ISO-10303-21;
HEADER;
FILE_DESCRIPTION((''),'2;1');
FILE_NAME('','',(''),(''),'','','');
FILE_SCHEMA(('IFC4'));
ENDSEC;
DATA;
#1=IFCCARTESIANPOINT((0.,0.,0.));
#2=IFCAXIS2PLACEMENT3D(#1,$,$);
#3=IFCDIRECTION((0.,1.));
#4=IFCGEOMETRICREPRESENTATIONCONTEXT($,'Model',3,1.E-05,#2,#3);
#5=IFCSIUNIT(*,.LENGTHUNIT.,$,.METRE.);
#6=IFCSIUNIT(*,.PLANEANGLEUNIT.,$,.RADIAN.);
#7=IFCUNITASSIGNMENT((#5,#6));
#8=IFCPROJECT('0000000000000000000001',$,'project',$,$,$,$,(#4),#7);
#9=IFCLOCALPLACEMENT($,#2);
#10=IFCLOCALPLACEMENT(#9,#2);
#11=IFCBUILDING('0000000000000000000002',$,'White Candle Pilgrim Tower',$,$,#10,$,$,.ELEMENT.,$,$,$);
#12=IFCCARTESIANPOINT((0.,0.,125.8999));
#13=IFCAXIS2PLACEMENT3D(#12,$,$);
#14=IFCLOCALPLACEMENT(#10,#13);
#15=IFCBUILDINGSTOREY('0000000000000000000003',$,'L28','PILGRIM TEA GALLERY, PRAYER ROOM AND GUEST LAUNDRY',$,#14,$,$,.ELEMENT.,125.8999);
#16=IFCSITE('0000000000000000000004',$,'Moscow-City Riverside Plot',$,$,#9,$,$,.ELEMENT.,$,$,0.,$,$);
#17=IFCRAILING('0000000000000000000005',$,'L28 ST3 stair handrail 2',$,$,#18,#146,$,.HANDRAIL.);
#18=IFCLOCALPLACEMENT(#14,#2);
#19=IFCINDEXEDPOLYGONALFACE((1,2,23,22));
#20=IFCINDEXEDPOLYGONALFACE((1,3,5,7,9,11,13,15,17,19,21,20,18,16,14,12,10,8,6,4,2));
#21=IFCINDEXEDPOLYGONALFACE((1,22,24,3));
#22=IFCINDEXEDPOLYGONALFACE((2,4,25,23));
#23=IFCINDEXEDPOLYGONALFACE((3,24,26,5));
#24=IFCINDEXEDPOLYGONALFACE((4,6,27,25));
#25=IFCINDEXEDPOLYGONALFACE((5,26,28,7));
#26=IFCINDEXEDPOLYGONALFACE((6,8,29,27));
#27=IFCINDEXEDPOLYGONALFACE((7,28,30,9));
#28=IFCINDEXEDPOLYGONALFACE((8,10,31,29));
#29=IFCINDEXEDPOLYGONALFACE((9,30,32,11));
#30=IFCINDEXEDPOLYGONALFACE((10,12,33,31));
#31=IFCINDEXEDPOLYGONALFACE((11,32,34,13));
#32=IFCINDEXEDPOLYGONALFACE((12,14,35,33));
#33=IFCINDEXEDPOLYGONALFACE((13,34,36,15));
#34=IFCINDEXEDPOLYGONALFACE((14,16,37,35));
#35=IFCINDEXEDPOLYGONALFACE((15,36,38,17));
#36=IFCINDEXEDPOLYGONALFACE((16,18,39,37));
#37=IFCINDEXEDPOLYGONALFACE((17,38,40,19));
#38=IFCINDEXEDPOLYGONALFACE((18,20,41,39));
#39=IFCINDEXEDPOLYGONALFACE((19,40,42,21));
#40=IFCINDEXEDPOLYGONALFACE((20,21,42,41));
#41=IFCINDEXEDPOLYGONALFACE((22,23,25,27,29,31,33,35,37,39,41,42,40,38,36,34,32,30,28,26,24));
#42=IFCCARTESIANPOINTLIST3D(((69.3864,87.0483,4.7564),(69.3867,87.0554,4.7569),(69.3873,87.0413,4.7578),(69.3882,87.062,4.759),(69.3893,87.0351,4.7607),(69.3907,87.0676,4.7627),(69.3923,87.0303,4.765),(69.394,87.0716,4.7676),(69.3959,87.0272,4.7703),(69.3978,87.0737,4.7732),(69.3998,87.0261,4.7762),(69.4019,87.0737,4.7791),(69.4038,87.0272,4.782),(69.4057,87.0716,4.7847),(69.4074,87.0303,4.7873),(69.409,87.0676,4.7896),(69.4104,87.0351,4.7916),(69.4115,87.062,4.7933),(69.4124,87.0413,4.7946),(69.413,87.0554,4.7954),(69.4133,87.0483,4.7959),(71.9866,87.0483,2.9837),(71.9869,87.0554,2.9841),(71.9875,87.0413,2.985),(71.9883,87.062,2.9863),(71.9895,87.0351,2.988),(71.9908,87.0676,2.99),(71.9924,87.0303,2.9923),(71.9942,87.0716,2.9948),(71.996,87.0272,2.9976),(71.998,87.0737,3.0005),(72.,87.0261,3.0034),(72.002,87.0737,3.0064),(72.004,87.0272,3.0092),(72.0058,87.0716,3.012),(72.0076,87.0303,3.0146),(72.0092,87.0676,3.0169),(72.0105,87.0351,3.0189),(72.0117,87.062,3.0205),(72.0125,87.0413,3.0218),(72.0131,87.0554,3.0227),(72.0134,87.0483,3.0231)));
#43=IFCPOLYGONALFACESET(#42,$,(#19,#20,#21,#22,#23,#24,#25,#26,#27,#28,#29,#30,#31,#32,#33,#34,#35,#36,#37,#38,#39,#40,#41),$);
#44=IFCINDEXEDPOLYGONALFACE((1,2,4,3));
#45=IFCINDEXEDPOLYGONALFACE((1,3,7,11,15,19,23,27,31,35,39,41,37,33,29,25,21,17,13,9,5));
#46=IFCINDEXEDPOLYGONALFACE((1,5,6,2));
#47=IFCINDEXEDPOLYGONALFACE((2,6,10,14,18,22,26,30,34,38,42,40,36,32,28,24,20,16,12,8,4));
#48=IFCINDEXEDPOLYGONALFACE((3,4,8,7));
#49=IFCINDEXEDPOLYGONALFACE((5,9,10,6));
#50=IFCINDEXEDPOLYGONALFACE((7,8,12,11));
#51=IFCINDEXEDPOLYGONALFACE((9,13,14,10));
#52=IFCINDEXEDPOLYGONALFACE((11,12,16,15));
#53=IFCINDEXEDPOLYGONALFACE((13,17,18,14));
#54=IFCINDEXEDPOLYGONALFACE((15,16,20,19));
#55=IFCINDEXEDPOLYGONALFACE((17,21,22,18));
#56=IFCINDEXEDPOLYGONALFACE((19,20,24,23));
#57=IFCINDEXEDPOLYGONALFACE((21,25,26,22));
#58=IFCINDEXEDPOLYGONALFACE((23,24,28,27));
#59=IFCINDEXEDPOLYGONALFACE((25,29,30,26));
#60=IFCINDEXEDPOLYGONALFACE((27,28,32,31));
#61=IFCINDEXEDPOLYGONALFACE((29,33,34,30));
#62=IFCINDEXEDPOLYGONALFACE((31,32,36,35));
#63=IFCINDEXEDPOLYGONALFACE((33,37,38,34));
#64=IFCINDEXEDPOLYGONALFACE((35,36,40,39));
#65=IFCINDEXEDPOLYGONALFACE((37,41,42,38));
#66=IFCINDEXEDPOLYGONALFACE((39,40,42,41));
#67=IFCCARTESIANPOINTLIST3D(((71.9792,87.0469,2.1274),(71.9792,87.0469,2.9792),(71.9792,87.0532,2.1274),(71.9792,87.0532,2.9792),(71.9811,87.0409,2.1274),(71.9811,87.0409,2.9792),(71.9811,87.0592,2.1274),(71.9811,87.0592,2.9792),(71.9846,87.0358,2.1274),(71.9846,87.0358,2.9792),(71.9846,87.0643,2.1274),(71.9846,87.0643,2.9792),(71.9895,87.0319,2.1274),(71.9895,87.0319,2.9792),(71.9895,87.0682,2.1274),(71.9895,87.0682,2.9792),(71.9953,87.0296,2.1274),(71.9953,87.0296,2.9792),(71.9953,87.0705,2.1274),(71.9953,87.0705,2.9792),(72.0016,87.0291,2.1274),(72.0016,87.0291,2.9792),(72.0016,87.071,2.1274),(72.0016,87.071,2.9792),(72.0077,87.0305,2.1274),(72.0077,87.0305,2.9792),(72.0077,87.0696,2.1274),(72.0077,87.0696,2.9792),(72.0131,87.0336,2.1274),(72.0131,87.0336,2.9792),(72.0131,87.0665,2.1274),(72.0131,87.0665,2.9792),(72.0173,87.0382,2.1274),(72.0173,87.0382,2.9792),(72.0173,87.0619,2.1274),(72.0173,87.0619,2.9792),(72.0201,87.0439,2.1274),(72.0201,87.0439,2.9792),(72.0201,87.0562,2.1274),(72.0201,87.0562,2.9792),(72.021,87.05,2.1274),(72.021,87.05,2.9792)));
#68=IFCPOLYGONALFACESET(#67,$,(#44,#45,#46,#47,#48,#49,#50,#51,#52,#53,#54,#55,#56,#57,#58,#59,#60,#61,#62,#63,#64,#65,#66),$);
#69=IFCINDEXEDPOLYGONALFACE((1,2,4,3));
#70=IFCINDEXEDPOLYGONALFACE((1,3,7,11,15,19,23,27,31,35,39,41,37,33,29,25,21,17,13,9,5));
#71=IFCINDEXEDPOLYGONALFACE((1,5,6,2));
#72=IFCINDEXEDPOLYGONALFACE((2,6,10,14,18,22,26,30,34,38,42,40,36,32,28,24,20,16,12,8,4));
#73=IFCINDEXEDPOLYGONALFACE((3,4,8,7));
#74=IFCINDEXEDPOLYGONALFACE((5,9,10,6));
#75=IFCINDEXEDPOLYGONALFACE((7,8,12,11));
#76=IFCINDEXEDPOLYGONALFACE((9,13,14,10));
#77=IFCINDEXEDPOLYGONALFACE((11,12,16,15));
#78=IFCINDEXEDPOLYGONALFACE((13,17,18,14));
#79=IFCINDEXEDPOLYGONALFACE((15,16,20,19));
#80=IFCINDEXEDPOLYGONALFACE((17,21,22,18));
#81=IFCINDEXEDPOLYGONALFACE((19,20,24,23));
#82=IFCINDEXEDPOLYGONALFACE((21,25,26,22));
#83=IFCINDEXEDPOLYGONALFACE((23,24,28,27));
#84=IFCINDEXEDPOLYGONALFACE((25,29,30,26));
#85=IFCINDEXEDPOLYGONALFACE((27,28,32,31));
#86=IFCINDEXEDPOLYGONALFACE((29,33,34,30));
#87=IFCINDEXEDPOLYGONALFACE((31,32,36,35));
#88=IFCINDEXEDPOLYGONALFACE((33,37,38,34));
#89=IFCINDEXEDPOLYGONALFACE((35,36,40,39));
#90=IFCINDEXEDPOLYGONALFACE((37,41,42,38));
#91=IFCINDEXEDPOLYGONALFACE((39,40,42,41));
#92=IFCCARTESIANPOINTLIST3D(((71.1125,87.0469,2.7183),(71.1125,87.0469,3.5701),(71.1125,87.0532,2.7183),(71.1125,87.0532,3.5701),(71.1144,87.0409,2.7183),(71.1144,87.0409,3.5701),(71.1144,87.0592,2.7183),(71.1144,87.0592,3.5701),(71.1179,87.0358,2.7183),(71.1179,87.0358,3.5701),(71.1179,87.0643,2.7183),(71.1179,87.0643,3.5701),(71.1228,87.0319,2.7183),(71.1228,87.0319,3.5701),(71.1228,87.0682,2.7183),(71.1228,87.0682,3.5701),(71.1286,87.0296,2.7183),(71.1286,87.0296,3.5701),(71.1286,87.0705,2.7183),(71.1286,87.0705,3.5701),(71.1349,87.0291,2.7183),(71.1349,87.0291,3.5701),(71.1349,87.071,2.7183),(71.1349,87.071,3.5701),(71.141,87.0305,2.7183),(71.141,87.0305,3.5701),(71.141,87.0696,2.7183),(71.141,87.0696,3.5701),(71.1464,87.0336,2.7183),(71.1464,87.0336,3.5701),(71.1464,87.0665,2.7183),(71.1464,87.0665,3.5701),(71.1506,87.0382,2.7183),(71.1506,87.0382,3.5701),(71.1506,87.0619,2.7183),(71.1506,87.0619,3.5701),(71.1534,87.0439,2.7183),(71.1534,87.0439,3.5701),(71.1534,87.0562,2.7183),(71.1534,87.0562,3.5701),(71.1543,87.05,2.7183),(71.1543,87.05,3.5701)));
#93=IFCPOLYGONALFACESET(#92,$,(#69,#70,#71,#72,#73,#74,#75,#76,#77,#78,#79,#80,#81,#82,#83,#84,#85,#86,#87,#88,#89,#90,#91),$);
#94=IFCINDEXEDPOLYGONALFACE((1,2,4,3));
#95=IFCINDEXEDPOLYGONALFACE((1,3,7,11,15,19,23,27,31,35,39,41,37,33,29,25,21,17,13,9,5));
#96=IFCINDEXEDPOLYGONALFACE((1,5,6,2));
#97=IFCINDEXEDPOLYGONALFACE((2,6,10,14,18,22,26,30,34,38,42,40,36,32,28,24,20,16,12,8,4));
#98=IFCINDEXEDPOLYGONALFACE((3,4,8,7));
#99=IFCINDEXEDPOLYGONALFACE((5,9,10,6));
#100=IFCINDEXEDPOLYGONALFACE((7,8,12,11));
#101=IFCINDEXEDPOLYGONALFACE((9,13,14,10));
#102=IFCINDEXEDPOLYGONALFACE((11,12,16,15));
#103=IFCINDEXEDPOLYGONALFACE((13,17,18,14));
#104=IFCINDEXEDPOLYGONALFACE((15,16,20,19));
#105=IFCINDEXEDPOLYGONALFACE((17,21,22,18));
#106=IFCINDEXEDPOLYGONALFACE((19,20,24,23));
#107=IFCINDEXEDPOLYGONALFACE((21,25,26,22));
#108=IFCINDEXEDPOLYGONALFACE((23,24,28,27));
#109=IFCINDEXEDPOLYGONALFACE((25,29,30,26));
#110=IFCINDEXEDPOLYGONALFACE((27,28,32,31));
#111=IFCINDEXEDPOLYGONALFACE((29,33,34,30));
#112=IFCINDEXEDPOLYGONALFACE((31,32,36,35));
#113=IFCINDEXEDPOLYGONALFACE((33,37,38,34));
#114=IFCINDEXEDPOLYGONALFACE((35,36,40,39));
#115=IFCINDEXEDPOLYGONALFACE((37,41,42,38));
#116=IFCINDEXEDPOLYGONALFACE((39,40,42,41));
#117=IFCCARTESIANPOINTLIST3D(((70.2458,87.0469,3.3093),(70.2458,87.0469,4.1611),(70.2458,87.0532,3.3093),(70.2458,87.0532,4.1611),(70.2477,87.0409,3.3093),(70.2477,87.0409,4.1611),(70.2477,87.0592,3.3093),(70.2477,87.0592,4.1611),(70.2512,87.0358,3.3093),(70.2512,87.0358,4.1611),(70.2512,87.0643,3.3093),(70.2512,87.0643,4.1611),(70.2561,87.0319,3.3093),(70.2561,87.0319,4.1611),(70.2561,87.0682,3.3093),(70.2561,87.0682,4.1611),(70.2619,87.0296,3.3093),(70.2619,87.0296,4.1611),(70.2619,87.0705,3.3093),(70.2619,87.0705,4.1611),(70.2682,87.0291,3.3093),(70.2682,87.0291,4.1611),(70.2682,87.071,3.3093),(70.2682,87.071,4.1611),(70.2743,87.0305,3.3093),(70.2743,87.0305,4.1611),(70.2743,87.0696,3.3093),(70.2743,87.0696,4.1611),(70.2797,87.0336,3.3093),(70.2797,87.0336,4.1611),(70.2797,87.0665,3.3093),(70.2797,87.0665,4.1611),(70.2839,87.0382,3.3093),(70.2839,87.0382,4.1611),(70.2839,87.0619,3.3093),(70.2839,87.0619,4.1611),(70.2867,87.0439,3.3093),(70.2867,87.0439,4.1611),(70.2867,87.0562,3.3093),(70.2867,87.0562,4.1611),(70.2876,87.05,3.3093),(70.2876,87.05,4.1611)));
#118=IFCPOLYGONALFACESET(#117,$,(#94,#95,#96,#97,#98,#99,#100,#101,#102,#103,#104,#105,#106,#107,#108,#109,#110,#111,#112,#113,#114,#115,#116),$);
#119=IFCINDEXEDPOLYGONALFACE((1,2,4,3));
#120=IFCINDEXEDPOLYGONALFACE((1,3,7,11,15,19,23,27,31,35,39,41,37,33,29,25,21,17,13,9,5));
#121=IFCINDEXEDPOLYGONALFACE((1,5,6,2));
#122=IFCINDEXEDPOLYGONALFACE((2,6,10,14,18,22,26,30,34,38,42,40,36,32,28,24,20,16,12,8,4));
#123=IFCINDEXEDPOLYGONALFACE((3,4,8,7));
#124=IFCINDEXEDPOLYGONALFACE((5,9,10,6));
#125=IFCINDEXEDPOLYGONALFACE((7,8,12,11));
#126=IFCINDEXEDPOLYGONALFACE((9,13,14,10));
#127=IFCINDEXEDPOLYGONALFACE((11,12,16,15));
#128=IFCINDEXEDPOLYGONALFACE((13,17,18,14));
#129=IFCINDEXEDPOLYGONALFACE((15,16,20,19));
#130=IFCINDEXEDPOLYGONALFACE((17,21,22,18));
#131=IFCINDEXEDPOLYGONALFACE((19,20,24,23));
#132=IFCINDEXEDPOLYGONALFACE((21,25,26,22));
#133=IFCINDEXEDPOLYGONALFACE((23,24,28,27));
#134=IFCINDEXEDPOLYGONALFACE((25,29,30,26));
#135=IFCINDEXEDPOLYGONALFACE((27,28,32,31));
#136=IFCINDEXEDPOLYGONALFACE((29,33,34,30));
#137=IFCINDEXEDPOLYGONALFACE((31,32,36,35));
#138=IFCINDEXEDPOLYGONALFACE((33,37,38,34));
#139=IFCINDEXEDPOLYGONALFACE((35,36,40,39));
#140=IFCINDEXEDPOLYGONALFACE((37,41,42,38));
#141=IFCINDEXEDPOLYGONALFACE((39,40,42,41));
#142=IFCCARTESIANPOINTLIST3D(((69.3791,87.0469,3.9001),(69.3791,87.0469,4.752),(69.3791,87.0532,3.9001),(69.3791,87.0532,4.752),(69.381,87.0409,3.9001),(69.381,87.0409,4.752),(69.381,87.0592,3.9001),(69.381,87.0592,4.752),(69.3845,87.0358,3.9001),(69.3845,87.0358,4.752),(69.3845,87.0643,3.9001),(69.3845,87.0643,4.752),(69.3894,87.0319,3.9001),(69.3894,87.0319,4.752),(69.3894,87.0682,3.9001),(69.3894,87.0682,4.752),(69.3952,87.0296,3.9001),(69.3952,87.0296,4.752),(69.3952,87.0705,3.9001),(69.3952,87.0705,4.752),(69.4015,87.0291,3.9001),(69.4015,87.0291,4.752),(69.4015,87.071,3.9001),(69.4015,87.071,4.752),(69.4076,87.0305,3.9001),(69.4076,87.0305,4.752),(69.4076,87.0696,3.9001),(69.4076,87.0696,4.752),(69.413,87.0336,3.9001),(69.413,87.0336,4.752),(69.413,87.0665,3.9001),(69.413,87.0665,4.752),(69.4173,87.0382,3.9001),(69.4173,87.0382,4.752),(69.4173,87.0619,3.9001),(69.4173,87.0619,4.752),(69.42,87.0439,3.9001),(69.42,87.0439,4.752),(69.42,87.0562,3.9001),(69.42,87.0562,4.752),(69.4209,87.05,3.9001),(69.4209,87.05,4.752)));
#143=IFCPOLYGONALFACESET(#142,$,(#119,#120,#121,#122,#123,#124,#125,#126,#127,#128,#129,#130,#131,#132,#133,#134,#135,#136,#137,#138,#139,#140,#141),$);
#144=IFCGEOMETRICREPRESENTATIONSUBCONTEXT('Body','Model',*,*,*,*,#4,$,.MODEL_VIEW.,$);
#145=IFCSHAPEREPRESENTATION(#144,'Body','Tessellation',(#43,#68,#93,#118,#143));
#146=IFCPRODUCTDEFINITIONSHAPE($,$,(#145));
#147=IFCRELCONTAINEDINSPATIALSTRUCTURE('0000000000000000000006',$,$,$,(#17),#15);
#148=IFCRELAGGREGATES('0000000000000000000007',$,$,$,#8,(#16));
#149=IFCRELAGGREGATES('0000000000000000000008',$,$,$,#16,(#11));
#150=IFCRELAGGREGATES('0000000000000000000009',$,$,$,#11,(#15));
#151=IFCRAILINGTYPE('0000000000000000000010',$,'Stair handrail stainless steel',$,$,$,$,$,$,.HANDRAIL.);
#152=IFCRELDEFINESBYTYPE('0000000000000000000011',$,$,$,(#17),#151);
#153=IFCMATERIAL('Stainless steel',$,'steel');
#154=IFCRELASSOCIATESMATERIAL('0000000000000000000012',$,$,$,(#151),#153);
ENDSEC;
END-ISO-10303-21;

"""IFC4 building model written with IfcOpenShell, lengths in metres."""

from ifc_helpers import new_model, si_unit, direction, frame, origin, origin_2d, place, context, subcontext, project, spatial, circle, extrude, material, type_object, element, save


model = new_model("IFC4")

# Units and contexts
model_context = context("Model", 3, precision=1e-05, world=origin(), true_north=direction((0.0, 1.0)))
body_context = subcontext(model_context, "Body", "Model", "MODEL_VIEW")
ifc_project = project(units=[si_unit("LENGTHUNIT", "METRE"), si_unit("PLANEANGLEUNIT", "RADIAN")], contexts=[model_context])

# Site, building, storey
site_placement = place(None, origin())
site = spatial("IfcSite", under=ifc_project, at=site_placement, Name="Moscow-City Riverside Plot", CompositionType="ELEMENT", RefElevation=0.0)
building_placement = place(site_placement, origin())
building = spatial("IfcBuilding", under=site, at=building_placement, Name="White Candle Pilgrim Tower", CompositionType="ELEMENT")
storey_placement = place(building_placement, frame((0.0, 0.0, 125.8999)))
storey = spatial("IfcBuildingStorey", under=building, at=storey_placement, Name="L28", Description="PILGRIM TEA GALLERY, PRAYER ROOM AND GUEST LAUNDRY", CompositionType="ELEMENT", Elevation=125.8999)

# Railing
ifc_material_1 = material(Name="Stainless steel", Category="steel")
railing_type_1 = type_object("IfcRailingType", Name="Stair handrail stainless steel", PredefinedType="HANDRAIL", material=ifc_material_1)
railing_1_placement = place(storey_placement, frame((72.0, 87.05, 2.1274)))
element("IfcRailing", 1, at=railing_1_placement, inside=storey, type_object=railing_type_1, Name="L28 ST3 stair handrail 2", PredefinedType="HANDRAIL", context=body_context, shape_type="SweptSolid", body=[
    extrude(circle(Radius=0.0239, at=origin_2d()), frame((0.0, 0.0, 0.876), z_axis=(-0.82624, 0.0, 0.563318), x_axis=(0.0, -1.0, 0.0)), (0.0, 0.0, 1.0), 3.147),
    extrude(circle(Radius=0.021, at=origin_2d()), origin(), (0.0, 0.0, 1.0), 0.8518),
    extrude(circle(Radius=0.021, at=origin_2d()), frame((-0.8667, 0.0, 0.5908)), (0.0, 0.0, 1.0), 0.8518),
    extrude(circle(Radius=0.021, at=origin_2d()), frame((-1.7334, 0.0, 1.1819)), (0.0, 0.0, 1.0), 0.8518),
    extrude(circle(Radius=0.021, at=origin_2d()), frame((-2.6001, 0.0, 1.7727)), (0.0, 0.0, 1.0), 0.8518),
])

save(model, "model.ifc")
